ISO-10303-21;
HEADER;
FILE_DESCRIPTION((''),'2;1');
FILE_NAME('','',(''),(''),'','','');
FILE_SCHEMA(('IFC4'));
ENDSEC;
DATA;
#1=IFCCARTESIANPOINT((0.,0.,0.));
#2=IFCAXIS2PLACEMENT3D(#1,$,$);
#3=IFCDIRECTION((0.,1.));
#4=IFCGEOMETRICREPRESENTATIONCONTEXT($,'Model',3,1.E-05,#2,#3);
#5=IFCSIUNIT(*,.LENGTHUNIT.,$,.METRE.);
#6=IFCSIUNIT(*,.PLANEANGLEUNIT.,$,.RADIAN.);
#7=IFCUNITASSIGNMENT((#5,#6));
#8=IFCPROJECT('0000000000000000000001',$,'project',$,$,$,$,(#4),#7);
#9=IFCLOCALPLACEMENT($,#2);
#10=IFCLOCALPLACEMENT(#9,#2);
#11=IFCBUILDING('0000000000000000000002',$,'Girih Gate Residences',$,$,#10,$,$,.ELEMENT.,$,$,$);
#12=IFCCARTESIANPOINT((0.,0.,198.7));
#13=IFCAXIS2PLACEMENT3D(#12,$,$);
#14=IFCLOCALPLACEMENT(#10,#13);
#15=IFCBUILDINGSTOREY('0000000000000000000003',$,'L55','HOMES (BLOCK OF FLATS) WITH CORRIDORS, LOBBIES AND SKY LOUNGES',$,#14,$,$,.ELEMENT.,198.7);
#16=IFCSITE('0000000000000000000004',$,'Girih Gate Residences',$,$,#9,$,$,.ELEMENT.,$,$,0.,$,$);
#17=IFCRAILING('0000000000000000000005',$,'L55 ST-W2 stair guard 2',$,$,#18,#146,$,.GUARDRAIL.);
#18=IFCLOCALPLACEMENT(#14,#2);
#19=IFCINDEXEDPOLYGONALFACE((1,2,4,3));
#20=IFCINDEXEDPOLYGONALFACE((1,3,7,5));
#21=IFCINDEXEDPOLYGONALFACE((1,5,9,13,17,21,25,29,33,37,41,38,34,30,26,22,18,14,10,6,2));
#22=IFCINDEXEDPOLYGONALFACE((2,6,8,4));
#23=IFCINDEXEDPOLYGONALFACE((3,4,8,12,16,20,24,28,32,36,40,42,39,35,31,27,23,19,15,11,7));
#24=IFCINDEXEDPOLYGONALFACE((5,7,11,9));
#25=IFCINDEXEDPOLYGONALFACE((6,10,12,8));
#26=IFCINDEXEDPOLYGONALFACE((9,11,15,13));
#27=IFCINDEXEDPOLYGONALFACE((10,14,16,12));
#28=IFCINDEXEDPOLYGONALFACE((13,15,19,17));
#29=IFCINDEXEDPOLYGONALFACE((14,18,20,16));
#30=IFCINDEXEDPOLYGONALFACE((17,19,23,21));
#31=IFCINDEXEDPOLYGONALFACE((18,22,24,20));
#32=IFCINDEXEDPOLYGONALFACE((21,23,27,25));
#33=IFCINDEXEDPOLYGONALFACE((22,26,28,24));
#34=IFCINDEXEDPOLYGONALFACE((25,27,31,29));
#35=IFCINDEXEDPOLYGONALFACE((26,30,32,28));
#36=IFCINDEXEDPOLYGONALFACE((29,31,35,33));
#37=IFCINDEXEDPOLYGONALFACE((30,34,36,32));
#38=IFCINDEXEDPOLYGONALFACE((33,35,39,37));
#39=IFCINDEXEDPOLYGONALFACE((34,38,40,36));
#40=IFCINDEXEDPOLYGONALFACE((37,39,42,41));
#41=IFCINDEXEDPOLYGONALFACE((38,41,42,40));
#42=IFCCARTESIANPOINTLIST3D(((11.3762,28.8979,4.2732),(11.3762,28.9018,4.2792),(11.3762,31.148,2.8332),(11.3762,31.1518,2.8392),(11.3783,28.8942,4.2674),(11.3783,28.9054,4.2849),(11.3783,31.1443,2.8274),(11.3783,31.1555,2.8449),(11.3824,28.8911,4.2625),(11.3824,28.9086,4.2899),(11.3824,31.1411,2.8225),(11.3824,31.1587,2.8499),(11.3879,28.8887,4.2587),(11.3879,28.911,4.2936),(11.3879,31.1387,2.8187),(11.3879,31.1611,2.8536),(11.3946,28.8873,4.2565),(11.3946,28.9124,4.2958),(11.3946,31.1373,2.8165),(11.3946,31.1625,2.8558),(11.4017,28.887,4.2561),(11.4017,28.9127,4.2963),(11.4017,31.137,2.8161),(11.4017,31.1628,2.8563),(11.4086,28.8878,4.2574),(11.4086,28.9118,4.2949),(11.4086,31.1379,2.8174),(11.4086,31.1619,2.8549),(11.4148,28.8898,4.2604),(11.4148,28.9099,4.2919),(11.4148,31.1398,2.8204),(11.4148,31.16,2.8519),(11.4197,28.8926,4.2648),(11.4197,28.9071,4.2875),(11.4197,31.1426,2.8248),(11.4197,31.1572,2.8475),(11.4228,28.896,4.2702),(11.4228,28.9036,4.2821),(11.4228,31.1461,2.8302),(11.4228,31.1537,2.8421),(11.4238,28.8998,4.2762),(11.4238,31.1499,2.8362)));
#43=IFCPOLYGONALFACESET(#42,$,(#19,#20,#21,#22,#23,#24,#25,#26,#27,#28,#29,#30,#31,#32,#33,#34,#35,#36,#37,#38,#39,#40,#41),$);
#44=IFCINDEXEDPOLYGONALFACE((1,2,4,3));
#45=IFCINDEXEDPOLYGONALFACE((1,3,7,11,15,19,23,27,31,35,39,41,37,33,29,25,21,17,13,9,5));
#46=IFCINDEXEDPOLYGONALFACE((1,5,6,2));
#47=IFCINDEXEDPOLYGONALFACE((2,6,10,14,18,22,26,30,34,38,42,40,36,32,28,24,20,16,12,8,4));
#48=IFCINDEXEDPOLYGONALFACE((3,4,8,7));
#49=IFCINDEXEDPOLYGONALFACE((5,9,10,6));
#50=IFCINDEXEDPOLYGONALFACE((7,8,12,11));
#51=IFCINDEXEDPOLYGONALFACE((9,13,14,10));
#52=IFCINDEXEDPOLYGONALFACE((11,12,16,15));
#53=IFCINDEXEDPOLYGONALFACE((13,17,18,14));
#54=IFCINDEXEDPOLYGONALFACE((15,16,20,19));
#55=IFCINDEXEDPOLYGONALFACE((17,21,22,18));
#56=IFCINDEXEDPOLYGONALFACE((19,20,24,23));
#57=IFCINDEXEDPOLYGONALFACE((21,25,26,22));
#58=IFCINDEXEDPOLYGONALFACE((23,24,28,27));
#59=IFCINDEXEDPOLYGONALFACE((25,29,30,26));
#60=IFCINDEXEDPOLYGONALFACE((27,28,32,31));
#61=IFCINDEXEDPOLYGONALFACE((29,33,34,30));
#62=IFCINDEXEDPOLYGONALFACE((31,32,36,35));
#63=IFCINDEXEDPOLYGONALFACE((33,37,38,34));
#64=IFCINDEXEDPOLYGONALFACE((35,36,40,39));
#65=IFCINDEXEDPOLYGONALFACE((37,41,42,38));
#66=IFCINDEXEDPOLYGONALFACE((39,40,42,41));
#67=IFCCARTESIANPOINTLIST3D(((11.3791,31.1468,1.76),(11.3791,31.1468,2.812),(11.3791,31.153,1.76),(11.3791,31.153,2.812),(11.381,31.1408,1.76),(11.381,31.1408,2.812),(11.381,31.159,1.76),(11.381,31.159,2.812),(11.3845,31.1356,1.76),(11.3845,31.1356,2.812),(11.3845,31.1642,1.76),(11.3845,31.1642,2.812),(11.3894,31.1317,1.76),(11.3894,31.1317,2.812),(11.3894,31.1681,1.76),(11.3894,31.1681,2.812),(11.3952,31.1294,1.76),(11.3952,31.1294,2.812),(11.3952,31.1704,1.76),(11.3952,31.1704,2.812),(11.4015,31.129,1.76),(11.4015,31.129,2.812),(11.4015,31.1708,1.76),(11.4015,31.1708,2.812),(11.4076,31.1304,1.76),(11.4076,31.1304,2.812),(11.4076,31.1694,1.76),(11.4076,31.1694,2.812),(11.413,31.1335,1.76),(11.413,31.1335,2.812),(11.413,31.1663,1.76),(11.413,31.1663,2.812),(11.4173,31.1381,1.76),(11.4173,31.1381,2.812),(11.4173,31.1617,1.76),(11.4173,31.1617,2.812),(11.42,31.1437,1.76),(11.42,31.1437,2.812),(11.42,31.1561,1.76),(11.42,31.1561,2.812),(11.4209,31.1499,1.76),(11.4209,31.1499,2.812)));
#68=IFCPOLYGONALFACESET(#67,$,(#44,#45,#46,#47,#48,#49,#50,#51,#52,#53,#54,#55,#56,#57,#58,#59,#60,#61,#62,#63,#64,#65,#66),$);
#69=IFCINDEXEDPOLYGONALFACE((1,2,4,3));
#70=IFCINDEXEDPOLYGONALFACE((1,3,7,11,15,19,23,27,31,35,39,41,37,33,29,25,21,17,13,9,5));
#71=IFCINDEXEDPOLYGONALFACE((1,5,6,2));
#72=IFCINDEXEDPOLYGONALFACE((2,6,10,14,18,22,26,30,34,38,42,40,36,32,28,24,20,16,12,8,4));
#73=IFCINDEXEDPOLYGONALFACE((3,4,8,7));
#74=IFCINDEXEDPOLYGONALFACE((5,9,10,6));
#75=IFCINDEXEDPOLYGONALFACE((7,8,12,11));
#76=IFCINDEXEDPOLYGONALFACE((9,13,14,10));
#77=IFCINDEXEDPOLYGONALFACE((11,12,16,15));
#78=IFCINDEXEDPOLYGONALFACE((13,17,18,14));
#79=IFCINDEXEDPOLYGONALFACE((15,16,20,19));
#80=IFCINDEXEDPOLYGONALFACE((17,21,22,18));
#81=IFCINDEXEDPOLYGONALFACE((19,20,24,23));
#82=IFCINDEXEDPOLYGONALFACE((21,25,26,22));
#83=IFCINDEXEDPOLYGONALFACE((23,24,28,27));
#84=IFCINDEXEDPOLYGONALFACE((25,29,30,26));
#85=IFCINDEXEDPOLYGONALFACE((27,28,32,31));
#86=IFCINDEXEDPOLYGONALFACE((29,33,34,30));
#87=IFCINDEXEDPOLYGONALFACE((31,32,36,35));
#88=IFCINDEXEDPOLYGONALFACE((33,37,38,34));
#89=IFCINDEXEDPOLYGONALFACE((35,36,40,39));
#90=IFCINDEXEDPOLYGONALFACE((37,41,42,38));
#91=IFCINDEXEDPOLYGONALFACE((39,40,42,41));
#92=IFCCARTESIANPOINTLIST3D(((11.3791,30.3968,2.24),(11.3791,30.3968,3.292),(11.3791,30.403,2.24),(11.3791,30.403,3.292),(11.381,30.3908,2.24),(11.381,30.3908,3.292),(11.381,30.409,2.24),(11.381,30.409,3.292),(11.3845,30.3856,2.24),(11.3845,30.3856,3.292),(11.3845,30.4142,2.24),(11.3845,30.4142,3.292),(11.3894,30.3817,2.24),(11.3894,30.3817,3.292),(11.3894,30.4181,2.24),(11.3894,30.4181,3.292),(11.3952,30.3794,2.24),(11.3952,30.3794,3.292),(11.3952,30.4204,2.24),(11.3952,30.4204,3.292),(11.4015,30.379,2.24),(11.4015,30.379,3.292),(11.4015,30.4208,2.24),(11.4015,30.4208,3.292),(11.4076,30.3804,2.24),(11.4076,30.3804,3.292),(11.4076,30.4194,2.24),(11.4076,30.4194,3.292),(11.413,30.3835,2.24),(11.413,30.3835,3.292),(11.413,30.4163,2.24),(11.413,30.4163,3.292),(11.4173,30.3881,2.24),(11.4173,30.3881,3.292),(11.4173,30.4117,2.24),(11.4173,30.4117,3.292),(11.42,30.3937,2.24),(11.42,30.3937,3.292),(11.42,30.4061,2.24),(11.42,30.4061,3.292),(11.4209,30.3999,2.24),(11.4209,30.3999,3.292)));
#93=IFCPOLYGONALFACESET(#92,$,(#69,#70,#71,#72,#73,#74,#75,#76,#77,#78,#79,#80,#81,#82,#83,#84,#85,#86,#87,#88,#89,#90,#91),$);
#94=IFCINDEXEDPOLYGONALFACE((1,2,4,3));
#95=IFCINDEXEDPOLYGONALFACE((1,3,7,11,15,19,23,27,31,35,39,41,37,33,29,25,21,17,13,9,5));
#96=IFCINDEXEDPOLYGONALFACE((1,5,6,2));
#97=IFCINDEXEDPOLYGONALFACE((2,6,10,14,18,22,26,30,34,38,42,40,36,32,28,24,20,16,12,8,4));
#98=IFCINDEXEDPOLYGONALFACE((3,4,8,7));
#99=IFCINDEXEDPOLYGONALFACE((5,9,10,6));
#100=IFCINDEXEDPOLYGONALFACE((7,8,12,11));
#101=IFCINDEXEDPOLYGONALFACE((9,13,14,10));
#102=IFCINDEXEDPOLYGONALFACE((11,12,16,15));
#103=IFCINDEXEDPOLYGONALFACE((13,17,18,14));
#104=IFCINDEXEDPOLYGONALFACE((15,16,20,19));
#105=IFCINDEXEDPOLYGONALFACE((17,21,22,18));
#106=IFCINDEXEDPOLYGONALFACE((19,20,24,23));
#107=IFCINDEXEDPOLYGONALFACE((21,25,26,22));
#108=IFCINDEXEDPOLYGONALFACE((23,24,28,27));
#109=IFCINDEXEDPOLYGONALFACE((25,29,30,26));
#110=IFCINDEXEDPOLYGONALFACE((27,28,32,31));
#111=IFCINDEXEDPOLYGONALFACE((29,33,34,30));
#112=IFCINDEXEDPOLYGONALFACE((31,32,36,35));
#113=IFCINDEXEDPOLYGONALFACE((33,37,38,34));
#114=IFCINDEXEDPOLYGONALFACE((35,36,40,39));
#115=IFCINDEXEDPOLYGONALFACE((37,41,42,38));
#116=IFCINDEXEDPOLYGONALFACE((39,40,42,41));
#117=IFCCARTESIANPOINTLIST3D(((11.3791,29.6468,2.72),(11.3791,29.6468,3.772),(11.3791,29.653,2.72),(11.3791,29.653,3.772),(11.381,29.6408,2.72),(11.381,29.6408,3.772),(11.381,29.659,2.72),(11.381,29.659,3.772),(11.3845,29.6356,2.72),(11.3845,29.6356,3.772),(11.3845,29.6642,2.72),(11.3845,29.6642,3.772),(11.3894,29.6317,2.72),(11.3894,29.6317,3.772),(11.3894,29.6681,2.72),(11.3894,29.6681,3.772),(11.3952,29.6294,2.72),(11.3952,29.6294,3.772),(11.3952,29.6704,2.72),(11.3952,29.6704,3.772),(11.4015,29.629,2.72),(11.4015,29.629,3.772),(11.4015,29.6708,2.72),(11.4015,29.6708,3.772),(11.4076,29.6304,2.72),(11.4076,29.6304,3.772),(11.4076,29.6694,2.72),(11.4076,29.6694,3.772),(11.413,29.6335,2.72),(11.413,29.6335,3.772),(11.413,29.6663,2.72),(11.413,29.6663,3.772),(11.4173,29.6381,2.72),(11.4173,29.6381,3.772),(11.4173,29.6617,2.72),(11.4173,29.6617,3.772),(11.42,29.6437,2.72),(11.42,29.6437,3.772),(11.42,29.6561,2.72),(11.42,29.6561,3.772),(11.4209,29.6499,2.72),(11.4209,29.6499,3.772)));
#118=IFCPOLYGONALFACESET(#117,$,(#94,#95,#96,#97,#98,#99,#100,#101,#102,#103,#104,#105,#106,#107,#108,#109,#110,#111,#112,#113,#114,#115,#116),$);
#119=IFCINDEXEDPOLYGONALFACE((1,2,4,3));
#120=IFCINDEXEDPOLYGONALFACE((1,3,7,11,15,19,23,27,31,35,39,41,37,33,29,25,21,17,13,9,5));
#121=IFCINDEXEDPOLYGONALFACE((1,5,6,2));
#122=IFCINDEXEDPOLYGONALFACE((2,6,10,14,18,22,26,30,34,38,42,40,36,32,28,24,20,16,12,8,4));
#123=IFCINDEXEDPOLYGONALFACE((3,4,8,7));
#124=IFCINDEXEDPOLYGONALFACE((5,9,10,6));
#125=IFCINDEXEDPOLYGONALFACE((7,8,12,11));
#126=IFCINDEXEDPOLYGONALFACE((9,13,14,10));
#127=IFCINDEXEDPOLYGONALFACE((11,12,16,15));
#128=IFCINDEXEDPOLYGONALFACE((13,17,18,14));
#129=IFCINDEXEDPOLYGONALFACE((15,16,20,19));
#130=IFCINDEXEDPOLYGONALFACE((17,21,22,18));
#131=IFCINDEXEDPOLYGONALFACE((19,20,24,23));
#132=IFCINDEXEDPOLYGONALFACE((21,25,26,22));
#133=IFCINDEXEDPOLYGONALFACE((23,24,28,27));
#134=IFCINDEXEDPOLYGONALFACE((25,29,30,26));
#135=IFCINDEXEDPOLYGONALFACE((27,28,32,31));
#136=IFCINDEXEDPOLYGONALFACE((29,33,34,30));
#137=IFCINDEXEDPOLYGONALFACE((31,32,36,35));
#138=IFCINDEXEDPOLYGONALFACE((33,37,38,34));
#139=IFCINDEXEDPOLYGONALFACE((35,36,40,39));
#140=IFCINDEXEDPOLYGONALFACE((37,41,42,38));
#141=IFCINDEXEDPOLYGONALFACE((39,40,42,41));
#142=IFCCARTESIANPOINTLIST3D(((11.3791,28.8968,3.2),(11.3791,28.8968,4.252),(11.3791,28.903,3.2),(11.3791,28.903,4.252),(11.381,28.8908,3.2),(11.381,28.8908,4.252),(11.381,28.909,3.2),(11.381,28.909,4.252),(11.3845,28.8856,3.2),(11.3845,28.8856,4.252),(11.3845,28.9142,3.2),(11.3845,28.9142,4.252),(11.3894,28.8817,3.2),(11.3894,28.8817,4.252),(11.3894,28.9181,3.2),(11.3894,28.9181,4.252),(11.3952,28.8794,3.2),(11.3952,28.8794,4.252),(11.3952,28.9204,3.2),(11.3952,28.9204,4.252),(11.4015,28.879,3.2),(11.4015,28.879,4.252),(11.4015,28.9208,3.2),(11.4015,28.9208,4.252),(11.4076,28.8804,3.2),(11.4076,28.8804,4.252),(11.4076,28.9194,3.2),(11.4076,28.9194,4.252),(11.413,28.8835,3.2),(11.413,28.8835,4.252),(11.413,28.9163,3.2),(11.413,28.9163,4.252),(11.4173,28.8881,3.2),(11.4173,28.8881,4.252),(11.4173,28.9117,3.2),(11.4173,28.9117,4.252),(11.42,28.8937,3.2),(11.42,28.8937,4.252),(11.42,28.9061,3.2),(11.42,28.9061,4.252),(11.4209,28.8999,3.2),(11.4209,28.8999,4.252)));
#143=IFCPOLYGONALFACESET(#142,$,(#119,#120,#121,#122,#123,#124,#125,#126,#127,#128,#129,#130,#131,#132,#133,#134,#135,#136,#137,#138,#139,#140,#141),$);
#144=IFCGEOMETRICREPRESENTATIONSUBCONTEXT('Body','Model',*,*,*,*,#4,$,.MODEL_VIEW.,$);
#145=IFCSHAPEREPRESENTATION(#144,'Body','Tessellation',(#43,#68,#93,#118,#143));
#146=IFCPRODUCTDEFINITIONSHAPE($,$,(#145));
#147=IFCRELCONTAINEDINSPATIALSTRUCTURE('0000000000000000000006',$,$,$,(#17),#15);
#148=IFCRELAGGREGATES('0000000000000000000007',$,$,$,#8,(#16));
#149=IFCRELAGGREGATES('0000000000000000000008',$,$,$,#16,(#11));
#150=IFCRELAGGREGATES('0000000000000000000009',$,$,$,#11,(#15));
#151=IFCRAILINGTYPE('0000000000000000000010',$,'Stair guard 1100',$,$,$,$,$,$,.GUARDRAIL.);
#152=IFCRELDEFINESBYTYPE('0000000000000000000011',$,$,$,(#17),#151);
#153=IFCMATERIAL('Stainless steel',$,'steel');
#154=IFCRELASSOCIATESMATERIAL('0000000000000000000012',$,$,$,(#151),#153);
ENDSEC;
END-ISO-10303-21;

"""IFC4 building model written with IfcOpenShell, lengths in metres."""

from ifc_helpers import new_model, si_unit, direction, frame, origin, origin_2d, place, context, subcontext, project, spatial, circle, extrude, material, type_object, element, save


model = new_model("IFC4")

# Units and contexts
model_context = context("Model", 3, precision=1e-05, world=origin(), true_north=direction((0.0, 1.0)))
body_context = subcontext(model_context, "Body", "Model", "MODEL_VIEW")
ifc_project = project(units=[si_unit("LENGTHUNIT", "METRE"), si_unit("PLANEANGLEUNIT", "RADIAN")], contexts=[model_context])

# Site, building, storey
site_placement = place(None, origin())
site = spatial("IfcSite", under=ifc_project, at=site_placement, Name="Girih Gate Residences", CompositionType="ELEMENT", RefElevation=0.0)
building_placement = place(site_placement, origin())
building = spatial("IfcBuilding", under=site, at=building_placement, Name="Girih Gate Residences", CompositionType="ELEMENT")
storey_placement = place(building_placement, frame((0.0, 0.0, 198.7)))
storey = spatial("IfcBuildingStorey", under=building, at=storey_placement, Name="L55", Description="HOMES (BLOCK OF FLATS) WITH CORRIDORS, LOBBIES AND SKY LOUNGES", CompositionType="ELEMENT", Elevation=198.7)

# Railing
ifc_material_1 = material(Name="Stainless steel", Category="steel")
railing_type_1 = type_object("IfcRailingType", Name="Stair guard 1100", PredefinedType="GUARDRAIL", material=ifc_material_1)
railing_1_placement = place(storey_placement, frame((11.3999, 31.1499, 1.76)))
element("IfcRailing", 1, at=railing_1_placement, inside=storey, type_object=railing_type_1, Name="L55 ST-W2 stair guard 2", PredefinedType="GUARDRAIL", context=body_context, shape_type="SweptSolid", body=[
    extrude(circle(Radius=0.0239, at=origin_2d()), frame((0.0, 0.0, 1.0762), z_axis=(0.0, -0.842281, 0.539038), x_axis=(1.0, 0.0, 0.0)), (0.0, 0.0, 1.0), 2.6714),
    extrude(circle(Radius=0.021, at=origin_2d()), origin(), (0.0, 0.0, 1.0), 1.052),
    extrude(circle(Radius=0.021, at=origin_2d()), frame((0.0, -0.75, 0.48)), (0.0, 0.0, 1.0), 1.052),
    extrude(circle(Radius=0.021, at=origin_2d()), frame((0.0, -1.5, 0.96)), (0.0, 0.0, 1.0), 1.052),
    extrude(circle(Radius=0.021, at=origin_2d()), frame((0.0, -2.25, 1.4399)), (0.0, 0.0, 1.0), 1.052),
])

save(model, "model.ifc")
